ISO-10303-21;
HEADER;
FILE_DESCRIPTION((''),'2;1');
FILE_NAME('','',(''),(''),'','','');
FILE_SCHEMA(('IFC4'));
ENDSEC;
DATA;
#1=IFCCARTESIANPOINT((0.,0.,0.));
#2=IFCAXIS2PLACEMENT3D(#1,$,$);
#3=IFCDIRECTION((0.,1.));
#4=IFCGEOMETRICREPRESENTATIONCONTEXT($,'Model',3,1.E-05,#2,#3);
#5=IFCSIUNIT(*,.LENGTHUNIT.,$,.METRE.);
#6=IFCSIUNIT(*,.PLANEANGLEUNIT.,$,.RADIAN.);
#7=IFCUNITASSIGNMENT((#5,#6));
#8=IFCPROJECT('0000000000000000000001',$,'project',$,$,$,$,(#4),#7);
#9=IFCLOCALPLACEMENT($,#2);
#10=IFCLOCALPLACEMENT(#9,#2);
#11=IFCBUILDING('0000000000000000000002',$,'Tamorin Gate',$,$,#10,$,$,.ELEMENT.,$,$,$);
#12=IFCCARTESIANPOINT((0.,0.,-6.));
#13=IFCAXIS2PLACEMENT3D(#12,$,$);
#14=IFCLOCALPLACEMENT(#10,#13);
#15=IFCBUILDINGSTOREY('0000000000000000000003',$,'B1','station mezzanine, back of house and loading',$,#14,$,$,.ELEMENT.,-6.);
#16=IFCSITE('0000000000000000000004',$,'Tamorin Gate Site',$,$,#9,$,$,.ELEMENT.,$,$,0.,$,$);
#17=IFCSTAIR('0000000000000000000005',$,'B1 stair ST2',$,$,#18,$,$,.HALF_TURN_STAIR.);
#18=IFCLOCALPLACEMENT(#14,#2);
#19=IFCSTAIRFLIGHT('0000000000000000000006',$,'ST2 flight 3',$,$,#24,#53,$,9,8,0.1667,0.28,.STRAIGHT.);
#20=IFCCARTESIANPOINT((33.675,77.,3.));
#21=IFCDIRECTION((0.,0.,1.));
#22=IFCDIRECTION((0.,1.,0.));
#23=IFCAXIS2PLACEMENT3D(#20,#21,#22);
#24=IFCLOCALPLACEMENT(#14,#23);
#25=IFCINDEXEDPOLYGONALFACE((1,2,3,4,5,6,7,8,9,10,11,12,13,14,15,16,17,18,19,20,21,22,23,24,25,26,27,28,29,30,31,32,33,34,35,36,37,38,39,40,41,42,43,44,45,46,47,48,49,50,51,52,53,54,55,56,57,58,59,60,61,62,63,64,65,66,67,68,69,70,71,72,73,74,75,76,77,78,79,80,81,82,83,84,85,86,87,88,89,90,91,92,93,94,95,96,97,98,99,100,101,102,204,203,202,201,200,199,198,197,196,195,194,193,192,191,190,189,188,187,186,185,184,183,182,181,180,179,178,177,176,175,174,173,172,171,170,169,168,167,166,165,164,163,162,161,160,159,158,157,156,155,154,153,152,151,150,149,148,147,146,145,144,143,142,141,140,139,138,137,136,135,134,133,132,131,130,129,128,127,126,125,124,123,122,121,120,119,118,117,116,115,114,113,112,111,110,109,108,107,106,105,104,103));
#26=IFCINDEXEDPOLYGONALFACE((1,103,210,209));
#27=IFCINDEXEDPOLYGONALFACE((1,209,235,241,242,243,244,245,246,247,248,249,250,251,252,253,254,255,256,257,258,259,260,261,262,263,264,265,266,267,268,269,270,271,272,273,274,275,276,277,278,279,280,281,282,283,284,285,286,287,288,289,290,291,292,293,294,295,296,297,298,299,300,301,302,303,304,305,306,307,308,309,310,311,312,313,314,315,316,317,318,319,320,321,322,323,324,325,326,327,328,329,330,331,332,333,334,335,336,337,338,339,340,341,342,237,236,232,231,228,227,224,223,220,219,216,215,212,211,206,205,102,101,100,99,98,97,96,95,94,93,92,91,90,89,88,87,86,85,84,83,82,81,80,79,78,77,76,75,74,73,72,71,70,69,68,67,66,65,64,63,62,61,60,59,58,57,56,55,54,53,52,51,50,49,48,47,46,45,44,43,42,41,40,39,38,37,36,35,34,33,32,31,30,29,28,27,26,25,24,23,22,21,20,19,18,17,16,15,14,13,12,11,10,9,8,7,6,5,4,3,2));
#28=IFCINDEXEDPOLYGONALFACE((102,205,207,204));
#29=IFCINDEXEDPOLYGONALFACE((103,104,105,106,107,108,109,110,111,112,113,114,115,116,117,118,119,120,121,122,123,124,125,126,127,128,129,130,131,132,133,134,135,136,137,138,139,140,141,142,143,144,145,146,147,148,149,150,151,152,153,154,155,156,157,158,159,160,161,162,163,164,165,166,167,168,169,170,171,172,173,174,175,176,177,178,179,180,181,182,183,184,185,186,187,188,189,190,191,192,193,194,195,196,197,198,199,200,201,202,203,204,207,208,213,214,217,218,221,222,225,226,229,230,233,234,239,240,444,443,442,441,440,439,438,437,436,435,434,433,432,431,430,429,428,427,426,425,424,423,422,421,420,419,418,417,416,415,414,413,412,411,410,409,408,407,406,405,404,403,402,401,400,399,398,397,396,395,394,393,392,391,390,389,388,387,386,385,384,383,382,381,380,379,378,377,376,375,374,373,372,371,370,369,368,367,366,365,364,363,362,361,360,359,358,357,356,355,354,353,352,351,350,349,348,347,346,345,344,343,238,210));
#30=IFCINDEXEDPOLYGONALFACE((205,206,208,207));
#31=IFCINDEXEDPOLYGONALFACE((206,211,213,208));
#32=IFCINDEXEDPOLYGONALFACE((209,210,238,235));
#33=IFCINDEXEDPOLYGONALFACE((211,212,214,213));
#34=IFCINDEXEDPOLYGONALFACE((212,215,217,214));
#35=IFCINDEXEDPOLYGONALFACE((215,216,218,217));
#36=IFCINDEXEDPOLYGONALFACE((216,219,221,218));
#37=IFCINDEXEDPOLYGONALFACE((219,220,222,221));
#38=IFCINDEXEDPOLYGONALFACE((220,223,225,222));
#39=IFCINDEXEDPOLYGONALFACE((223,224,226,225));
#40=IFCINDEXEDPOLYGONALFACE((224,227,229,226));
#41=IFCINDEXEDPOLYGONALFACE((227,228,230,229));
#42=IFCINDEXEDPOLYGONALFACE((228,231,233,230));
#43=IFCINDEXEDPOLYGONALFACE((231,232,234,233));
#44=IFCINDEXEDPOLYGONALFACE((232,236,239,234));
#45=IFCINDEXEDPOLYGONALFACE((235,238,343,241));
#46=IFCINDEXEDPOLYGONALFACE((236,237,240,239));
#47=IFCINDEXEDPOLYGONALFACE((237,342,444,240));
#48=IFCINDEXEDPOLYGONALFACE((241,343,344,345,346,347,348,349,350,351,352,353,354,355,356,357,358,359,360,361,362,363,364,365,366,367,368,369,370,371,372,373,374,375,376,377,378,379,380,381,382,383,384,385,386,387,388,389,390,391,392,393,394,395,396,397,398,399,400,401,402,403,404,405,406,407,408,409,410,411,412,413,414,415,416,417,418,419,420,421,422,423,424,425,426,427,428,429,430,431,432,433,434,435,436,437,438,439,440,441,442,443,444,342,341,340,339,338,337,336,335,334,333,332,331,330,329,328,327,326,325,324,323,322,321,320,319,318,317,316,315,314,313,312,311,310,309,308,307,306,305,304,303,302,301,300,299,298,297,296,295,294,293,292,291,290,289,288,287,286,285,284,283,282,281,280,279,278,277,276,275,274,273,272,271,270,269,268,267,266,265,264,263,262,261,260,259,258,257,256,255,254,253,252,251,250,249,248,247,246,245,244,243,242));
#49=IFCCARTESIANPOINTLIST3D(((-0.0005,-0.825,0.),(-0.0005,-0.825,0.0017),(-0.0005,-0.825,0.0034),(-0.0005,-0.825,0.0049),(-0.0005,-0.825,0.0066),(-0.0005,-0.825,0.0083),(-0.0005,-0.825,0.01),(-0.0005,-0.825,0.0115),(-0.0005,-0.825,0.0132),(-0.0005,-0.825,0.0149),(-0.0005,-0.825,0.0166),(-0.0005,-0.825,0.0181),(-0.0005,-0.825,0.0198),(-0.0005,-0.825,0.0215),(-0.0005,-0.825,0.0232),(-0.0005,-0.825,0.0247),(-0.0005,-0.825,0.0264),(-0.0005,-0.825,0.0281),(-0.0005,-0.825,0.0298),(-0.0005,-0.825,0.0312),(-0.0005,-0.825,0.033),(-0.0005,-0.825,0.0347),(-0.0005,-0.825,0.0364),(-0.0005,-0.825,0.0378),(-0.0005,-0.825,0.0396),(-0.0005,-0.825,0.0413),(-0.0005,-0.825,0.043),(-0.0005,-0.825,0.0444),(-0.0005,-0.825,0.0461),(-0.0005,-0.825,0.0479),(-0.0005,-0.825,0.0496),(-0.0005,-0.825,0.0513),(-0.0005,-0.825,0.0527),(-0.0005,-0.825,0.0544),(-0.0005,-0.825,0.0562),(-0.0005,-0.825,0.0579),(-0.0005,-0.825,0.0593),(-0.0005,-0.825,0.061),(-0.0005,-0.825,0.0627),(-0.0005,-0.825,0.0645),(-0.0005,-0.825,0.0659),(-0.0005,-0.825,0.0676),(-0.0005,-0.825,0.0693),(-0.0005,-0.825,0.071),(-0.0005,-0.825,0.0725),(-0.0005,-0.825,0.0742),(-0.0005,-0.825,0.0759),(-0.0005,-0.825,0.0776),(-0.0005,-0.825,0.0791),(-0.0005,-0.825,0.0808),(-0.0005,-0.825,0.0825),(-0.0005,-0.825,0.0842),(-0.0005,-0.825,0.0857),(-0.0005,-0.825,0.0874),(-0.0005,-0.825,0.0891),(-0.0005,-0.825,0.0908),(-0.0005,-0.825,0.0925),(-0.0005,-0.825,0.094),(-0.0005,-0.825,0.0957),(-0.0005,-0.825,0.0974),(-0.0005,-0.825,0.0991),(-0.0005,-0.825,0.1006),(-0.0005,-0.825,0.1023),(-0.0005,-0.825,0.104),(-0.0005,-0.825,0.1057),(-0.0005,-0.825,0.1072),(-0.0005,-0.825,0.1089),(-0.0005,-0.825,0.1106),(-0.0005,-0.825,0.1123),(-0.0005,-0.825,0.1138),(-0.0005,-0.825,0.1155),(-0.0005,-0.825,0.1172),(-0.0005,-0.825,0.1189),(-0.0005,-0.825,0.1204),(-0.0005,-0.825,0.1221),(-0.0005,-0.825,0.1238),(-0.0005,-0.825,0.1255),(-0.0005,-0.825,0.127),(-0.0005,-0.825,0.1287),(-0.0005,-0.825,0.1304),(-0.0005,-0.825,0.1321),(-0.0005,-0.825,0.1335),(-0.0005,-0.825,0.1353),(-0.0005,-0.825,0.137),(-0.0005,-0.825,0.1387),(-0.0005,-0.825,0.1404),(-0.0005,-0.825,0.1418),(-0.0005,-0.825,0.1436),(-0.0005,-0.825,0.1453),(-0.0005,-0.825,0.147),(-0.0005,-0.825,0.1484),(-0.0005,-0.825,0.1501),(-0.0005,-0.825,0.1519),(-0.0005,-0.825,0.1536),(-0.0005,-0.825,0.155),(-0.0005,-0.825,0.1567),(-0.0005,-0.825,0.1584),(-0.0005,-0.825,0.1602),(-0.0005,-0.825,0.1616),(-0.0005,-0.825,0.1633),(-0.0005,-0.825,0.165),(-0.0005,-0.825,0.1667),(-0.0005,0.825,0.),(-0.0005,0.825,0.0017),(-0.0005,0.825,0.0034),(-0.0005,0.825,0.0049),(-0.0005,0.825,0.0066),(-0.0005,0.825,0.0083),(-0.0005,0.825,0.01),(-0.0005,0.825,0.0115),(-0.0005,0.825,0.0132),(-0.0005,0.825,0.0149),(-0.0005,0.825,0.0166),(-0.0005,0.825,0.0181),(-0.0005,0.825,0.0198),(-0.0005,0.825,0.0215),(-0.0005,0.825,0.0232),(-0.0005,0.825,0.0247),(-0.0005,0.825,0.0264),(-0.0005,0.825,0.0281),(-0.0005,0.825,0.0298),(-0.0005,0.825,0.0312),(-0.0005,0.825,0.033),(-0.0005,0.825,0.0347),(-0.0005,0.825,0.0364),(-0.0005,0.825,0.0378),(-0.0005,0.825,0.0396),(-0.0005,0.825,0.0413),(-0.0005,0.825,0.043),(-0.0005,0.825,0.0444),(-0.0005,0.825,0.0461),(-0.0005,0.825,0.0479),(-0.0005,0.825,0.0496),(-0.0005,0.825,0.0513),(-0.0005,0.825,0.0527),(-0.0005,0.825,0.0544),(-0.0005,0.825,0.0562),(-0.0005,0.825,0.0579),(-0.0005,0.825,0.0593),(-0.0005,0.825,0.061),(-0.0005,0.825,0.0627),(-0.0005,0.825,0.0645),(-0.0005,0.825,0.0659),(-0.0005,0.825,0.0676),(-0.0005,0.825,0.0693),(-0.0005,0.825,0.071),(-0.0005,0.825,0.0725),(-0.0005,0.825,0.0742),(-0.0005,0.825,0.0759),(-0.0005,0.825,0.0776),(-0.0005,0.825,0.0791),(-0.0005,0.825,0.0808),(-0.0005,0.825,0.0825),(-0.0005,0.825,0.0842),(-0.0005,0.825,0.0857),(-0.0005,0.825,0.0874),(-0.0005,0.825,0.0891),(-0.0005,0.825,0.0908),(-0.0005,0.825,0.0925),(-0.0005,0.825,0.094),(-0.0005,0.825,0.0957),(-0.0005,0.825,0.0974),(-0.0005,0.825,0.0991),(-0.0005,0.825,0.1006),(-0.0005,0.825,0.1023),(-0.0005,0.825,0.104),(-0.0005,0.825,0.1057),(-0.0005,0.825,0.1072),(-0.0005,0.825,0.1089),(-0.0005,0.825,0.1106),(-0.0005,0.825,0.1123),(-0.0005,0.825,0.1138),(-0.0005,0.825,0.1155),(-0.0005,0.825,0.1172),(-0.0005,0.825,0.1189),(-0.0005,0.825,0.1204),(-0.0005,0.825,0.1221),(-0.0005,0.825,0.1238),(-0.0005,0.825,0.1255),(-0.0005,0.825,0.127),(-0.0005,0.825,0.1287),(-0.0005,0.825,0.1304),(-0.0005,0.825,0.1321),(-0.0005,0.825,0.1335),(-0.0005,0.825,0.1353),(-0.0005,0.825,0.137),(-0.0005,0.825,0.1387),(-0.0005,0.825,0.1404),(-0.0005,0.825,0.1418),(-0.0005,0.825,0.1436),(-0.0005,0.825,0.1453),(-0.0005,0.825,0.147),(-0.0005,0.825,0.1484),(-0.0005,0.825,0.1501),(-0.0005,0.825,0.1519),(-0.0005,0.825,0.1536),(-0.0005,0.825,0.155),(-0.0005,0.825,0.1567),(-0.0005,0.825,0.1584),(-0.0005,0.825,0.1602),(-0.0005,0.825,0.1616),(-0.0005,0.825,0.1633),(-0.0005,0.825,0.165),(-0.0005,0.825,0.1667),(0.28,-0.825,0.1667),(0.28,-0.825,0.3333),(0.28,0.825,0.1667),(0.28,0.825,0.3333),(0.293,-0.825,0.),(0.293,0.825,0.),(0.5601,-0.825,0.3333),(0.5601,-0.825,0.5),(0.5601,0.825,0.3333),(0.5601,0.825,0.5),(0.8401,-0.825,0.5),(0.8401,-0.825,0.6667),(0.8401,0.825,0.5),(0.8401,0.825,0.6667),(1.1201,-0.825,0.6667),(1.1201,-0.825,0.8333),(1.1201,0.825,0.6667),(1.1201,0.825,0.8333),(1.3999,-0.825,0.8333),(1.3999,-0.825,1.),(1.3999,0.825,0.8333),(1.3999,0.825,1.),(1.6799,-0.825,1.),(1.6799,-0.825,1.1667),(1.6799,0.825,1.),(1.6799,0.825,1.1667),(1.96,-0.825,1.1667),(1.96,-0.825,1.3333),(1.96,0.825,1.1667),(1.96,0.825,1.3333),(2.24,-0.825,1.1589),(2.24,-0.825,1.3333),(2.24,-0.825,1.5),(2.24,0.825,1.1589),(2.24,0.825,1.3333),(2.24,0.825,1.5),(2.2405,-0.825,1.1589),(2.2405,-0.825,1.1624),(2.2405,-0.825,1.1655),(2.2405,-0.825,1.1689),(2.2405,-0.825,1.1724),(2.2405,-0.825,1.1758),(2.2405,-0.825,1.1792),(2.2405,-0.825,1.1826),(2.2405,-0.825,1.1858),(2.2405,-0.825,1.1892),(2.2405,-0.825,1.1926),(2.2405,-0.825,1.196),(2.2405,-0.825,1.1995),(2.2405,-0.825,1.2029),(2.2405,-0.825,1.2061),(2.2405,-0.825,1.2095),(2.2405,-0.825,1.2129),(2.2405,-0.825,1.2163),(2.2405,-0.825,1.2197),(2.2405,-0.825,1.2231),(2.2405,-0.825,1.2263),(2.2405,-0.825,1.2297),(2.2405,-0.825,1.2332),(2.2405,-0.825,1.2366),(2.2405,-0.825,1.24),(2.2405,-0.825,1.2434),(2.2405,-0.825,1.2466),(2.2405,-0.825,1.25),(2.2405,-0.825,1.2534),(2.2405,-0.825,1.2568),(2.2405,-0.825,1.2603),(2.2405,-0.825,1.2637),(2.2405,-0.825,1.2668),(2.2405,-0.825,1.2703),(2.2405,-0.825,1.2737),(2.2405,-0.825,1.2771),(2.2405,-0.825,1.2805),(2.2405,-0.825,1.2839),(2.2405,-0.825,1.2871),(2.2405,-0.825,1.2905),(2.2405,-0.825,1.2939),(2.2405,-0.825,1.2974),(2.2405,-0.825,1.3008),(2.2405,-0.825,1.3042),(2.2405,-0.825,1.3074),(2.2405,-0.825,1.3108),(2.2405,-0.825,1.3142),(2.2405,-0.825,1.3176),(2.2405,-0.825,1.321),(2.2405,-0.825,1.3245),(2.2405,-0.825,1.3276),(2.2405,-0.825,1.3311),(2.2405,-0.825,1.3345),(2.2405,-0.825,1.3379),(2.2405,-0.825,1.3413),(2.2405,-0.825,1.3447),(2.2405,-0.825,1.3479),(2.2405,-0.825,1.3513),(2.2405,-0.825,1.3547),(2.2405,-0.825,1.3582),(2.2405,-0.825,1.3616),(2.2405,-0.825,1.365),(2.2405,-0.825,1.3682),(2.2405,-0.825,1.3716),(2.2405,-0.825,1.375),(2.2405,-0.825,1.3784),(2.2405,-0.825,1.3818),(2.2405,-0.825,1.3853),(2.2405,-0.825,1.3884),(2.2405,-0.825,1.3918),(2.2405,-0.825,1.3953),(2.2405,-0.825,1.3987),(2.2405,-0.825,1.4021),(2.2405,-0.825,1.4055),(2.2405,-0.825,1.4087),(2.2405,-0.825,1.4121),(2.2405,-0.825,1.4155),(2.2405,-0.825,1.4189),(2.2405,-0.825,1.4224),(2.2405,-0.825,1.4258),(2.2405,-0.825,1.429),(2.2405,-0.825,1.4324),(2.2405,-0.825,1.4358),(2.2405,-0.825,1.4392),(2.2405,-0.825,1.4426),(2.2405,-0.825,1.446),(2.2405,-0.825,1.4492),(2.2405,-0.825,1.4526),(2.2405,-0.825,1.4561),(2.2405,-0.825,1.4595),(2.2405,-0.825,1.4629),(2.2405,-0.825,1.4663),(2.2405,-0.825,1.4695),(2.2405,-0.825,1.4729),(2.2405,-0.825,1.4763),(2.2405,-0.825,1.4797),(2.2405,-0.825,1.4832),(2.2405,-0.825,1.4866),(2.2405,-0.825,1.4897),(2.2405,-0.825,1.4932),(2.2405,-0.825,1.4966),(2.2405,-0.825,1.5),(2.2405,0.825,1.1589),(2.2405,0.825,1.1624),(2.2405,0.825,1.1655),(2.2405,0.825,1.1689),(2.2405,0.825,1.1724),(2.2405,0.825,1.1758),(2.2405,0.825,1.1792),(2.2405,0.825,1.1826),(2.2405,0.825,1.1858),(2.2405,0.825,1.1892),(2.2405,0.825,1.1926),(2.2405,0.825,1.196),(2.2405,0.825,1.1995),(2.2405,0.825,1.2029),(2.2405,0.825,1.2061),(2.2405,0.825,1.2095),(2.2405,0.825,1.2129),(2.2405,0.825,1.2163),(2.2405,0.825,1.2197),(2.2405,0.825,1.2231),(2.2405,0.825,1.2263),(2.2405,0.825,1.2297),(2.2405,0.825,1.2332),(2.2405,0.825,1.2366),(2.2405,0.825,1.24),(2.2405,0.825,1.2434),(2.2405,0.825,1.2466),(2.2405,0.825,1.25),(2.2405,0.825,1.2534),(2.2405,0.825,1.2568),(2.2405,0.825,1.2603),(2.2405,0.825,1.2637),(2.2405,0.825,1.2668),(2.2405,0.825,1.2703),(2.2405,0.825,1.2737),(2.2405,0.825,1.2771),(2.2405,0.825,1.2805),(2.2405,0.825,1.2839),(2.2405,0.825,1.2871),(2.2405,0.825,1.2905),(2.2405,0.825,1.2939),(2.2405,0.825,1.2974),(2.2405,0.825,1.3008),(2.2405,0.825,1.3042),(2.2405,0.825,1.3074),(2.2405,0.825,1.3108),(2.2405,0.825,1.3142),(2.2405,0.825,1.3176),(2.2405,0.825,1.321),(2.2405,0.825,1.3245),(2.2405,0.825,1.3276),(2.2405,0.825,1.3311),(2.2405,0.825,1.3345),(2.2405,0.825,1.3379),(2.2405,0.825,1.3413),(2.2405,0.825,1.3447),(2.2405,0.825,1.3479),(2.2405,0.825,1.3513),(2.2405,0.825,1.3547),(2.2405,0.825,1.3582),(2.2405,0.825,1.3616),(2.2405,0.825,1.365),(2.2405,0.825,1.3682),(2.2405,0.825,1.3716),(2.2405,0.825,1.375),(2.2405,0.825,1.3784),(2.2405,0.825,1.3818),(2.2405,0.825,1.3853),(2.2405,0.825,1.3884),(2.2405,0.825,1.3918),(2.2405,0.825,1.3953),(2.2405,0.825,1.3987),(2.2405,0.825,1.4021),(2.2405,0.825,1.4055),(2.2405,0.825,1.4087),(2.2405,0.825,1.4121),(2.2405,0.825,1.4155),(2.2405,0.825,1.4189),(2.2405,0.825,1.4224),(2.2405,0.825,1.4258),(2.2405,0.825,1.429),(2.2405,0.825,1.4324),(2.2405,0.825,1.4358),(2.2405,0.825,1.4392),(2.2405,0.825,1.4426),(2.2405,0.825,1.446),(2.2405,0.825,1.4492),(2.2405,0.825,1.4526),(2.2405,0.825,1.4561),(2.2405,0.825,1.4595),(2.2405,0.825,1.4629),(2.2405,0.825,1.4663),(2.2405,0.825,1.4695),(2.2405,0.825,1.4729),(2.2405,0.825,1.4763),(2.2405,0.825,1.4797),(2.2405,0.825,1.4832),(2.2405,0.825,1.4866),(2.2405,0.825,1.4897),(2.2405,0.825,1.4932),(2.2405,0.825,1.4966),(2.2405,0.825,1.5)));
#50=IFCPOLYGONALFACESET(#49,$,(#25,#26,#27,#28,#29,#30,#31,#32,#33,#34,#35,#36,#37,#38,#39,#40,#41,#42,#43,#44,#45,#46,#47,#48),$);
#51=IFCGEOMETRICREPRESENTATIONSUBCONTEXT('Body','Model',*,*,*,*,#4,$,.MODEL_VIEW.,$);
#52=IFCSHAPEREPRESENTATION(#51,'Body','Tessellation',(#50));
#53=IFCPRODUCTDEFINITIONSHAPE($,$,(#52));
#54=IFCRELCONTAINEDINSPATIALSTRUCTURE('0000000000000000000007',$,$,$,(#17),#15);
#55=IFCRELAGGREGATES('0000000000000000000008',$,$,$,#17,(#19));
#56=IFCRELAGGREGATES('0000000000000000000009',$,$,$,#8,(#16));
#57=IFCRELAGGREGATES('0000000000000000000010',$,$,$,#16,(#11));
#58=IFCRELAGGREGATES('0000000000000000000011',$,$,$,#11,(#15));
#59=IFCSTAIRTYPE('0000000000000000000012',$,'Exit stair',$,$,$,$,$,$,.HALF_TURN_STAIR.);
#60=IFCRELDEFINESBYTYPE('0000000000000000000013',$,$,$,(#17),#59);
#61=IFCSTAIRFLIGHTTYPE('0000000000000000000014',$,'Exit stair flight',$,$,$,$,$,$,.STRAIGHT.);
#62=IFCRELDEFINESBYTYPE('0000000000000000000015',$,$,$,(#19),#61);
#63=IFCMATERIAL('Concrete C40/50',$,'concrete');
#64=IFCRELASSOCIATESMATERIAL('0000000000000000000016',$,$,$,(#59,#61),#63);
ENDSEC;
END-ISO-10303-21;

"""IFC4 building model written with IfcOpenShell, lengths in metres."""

from ifc_helpers import new_model, si_unit, direction, frame, origin, place, context, subcontext, project, spatial, polyline, outline, extrude, material, type_object, element, aggregate, save


model = new_model("IFC4")

# Units and contexts
model_context = context("Model", 3, precision=1e-05, world=origin(), true_north=direction((0.0, 1.0)))
body_context = subcontext(model_context, "Body", "Model", "MODEL_VIEW")
ifc_project = project(units=[si_unit("LENGTHUNIT", "METRE"), si_unit("PLANEANGLEUNIT", "RADIAN")], contexts=[model_context])

# Site, building, storey
site_placement = place(None, origin())
site = spatial("IfcSite", under=ifc_project, at=site_placement, Name="Tamorin Gate Site", CompositionType="ELEMENT", RefElevation=0.0)
building_placement = place(site_placement, origin())
building = spatial("IfcBuilding", under=site, at=building_placement, Name="Tamorin Gate", CompositionType="ELEMENT")
storey_placement = place(building_placement, frame((0.0, 0.0, -6.0)))
storey = spatial("IfcBuildingStorey", under=building, at=storey_placement, Name="B1", Description="station mezzanine, back of house and loading", CompositionType="ELEMENT", Elevation=-6.0)

# Shared definitions
ifc_material_1 = material(Name="Concrete C40/50", Category="concrete")

# Stair, stair flight
stair_type = type_object("IfcStairType", Name="Exit stair", PredefinedType="HALF_TURN_STAIR", material=ifc_material_1)
stair_placement = place(storey_placement, origin())
stair = element("IfcStair", 1, at=stair_placement, inside=storey, type_object=stair_type, Name="B1 stair ST2", PredefinedType="HALF_TURN_STAIR")
stair_flight_type = type_object("IfcStairFlightType", Name="Exit stair flight", PredefinedType="STRAIGHT", material=ifc_material_1)
stair_flight_1_placement = place(storey_placement, frame((33.675, 77.0, 3.0), z_axis=(0.0, 0.0, 1.0), x_axis=(0.0, 1.0, 0.0)))
stair_flight_1 = element("IfcStairFlight", 2, at=stair_flight_1_placement, type_object=stair_flight_type, Name="ST2 flight 3", NumberOfRisers=9, NumberOfTreads=8, PredefinedType="STRAIGHT", RiserHeight=0.1667, TreadLength=0.28, context=body_context, shape_type="SweptSolid", body=[
    extrude(outline(polyline([(-0.0005, 0.0), (-0.0005, 0.0017), (-0.0005, 0.0034), (-0.0005, 0.0049), (-0.0005, 0.0066), (-0.0005, 0.0083), (-0.0005, 0.01), (-0.0005, 0.0115), (-0.0005, 0.0132), (-0.0005, 0.0149), (-0.0005, 0.0166), (-0.0005, 0.0181), (-0.0005, 0.0198), (-0.0005, 0.0215), (-0.0005, 0.0232), (-0.0005, 0.0247), (-0.0005, 0.0264), (-0.0005, 0.0281), (-0.0005, 0.0298), (-0.0005, 0.0312), (-0.0005, 0.033), (-0.0005, 0.0347), (-0.0005, 0.0364), (-0.0005, 0.0378), (-0.0005, 0.0396), (-0.0005, 0.0413), (-0.0005, 0.043), (-0.0005, 0.0444), (-0.0005, 0.0461), (-0.0005, 0.0479), (-0.0005, 0.0496), (-0.0005, 0.0513), (-0.0005, 0.0527), (-0.0005, 0.0544), (-0.0005, 0.0562), (-0.0005, 0.0579), (-0.0005, 0.0593), (-0.0005, 0.061), (-0.0005, 0.0627), (-0.0005, 0.0645), (-0.0005, 0.0659), (-0.0005, 0.0676), (-0.0005, 0.0693), (-0.0005, 0.071), (-0.0005, 0.0725), (-0.0005, 0.0742), (-0.0005, 0.0759), (-0.0005, 0.0776), (-0.0005, 0.0791), (-0.0005, 0.0808), (-0.0005, 0.0825), (-0.0005, 0.0842), (-0.0005, 0.0857), (-0.0005, 0.0874), (-0.0005, 0.0891), (-0.0005, 0.0908), (-0.0005, 0.0925), (-0.0005, 0.094), (-0.0005, 0.0957), (-0.0005, 0.0974), (-0.0005, 0.0991), (-0.0005, 0.1006), (-0.0005, 0.1023), (-0.0005, 0.104), (-0.0005, 0.1057), (-0.0005, 0.1072), (-0.0005, 0.1089), (-0.0005, 0.1106), (-0.0005, 0.1123), (-0.0005, 0.1138), (-0.0005, 0.1155), (-0.0005, 0.1172), (-0.0005, 0.1189), (-0.0005, 0.1204), (-0.0005, 0.1221), (-0.0005, 0.1238), (-0.0005, 0.1255), (-0.0005, 0.127), (-0.0005, 0.1287), (-0.0005, 0.1304), (-0.0005, 0.1321), (-0.0005, 0.1335), (-0.0005, 0.1353), (-0.0005, 0.137), (-0.0005, 0.1387), (-0.0005, 0.1404), (-0.0005, 0.1418), (-0.0005, 0.1436), (-0.0005, 0.1453), (-0.0005, 0.147), (-0.0005, 0.1484), (-0.0005, 0.1501), (-0.0005, 0.1519), (-0.0005, 0.1536), (-0.0005, 0.155), (-0.0005, 0.1567), (-0.0005, 0.1584), (-0.0005, 0.1602), (-0.0005, 0.1616), (-0.0005, 0.1633), (-0.0005, 0.165), (-0.0005, 0.1667), (0.28, 0.1667), (0.28, 0.3333), (0.5601, 0.3333), (0.5601, 0.5), (0.8401, 0.5), (0.8401, 0.6667), (1.1201, 0.6667), (1.1201, 0.8333), (1.3999, 0.8333), (1.3999, 1.0), (1.6799, 1.0), (1.6799, 1.1667), (1.96, 1.1667), (1.96, 1.3333), (2.24, 1.3333), (2.24, 1.5), (2.2405, 1.5), (2.2405, 1.4966), (2.2405, 1.4932), (2.2405, 1.4897), (2.2405, 1.4866), (2.2405, 1.4832), (2.2405, 1.4797), (2.2405, 1.4763), (2.2405, 1.4729), (2.2405, 1.4695), (2.2405, 1.4663), (2.2405, 1.4629), (2.2405, 1.4595), (2.2405, 1.4561), (2.2405, 1.4526), (2.2405, 1.4492), (2.2405, 1.446), (2.2405, 1.4426), (2.2405, 1.4392), (2.2405, 1.4358), (2.2405, 1.4324), (2.2405, 1.429), (2.2405, 1.4258), (2.2405, 1.4224), (2.2405, 1.4189), (2.2405, 1.4155), (2.2405, 1.4121), (2.2405, 1.4087), (2.2405, 1.4055), (2.2405, 1.4021), (2.2405, 1.3987), (2.2405, 1.3953), (2.2405, 1.3918), (2.2405, 1.3884), (2.2405, 1.3853), (2.2405, 1.3818), (2.2405, 1.3784), (2.2405, 1.375), (2.2405, 1.3716), (2.2405, 1.3682), (2.2405, 1.365), (2.2405, 1.3616), (2.2405, 1.3582), (2.2405, 1.3547), (2.2405, 1.3513), (2.2405, 1.3479), (2.2405, 1.3447), (2.2405, 1.3413), (2.2405, 1.3379), (2.2405, 1.3345), (2.2405, 1.3311), (2.2405, 1.3276), (2.2405, 1.3245), (2.2405, 1.321), (2.2405, 1.3176), (2.2405, 1.3142), (2.2405, 1.3108), (2.2405, 1.3074), (2.2405, 1.3042), (2.2405, 1.3008), (2.2405, 1.2974), (2.2405, 1.2939), (2.2405, 1.2905), (2.2405, 1.2871), (2.2405, 1.2839), (2.2405, 1.2805), (2.2405, 1.2771), (2.2405, 1.2737), (2.2405, 1.2703), (2.2405, 1.2668), (2.2405, 1.2637), (2.2405, 1.2603), (2.2405, 1.2568), (2.2405, 1.2534), (2.2405, 1.25), (2.2405, 1.2466), (2.2405, 1.2434), (2.2405, 1.24), (2.2405, 1.2366), (2.2405, 1.2332), (2.2405, 1.2297), (2.2405, 1.2263), (2.2405, 1.2231), (2.2405, 1.2197), (2.2405, 1.2163), (2.2405, 1.2129), (2.2405, 1.2095), (2.2405, 1.2061), (2.2405, 1.2029), (2.2405, 1.1995), (2.2405, 1.196), (2.2405, 1.1926), (2.2405, 1.1892), (2.2405, 1.1858), (2.2405, 1.1826), (2.2405, 1.1792), (2.2405, 1.1758), (2.2405, 1.1724), (2.2405, 1.1689), (2.2405, 1.1655), (2.2405, 1.1624), (2.2405, 1.1589), (2.24, 1.1589), (0.293, 0.0), (-0.0005, 0.0)])), frame((0.0, 0.825, 0.0), z_axis=(0.0, -1.0, 0.0), x_axis=(1.0, 0.0, 0.0)), (0.0, 0.0, 1.0), 1.6499),
])
aggregate(stair, [stair_flight_1])

save(model, "model.ifc")
